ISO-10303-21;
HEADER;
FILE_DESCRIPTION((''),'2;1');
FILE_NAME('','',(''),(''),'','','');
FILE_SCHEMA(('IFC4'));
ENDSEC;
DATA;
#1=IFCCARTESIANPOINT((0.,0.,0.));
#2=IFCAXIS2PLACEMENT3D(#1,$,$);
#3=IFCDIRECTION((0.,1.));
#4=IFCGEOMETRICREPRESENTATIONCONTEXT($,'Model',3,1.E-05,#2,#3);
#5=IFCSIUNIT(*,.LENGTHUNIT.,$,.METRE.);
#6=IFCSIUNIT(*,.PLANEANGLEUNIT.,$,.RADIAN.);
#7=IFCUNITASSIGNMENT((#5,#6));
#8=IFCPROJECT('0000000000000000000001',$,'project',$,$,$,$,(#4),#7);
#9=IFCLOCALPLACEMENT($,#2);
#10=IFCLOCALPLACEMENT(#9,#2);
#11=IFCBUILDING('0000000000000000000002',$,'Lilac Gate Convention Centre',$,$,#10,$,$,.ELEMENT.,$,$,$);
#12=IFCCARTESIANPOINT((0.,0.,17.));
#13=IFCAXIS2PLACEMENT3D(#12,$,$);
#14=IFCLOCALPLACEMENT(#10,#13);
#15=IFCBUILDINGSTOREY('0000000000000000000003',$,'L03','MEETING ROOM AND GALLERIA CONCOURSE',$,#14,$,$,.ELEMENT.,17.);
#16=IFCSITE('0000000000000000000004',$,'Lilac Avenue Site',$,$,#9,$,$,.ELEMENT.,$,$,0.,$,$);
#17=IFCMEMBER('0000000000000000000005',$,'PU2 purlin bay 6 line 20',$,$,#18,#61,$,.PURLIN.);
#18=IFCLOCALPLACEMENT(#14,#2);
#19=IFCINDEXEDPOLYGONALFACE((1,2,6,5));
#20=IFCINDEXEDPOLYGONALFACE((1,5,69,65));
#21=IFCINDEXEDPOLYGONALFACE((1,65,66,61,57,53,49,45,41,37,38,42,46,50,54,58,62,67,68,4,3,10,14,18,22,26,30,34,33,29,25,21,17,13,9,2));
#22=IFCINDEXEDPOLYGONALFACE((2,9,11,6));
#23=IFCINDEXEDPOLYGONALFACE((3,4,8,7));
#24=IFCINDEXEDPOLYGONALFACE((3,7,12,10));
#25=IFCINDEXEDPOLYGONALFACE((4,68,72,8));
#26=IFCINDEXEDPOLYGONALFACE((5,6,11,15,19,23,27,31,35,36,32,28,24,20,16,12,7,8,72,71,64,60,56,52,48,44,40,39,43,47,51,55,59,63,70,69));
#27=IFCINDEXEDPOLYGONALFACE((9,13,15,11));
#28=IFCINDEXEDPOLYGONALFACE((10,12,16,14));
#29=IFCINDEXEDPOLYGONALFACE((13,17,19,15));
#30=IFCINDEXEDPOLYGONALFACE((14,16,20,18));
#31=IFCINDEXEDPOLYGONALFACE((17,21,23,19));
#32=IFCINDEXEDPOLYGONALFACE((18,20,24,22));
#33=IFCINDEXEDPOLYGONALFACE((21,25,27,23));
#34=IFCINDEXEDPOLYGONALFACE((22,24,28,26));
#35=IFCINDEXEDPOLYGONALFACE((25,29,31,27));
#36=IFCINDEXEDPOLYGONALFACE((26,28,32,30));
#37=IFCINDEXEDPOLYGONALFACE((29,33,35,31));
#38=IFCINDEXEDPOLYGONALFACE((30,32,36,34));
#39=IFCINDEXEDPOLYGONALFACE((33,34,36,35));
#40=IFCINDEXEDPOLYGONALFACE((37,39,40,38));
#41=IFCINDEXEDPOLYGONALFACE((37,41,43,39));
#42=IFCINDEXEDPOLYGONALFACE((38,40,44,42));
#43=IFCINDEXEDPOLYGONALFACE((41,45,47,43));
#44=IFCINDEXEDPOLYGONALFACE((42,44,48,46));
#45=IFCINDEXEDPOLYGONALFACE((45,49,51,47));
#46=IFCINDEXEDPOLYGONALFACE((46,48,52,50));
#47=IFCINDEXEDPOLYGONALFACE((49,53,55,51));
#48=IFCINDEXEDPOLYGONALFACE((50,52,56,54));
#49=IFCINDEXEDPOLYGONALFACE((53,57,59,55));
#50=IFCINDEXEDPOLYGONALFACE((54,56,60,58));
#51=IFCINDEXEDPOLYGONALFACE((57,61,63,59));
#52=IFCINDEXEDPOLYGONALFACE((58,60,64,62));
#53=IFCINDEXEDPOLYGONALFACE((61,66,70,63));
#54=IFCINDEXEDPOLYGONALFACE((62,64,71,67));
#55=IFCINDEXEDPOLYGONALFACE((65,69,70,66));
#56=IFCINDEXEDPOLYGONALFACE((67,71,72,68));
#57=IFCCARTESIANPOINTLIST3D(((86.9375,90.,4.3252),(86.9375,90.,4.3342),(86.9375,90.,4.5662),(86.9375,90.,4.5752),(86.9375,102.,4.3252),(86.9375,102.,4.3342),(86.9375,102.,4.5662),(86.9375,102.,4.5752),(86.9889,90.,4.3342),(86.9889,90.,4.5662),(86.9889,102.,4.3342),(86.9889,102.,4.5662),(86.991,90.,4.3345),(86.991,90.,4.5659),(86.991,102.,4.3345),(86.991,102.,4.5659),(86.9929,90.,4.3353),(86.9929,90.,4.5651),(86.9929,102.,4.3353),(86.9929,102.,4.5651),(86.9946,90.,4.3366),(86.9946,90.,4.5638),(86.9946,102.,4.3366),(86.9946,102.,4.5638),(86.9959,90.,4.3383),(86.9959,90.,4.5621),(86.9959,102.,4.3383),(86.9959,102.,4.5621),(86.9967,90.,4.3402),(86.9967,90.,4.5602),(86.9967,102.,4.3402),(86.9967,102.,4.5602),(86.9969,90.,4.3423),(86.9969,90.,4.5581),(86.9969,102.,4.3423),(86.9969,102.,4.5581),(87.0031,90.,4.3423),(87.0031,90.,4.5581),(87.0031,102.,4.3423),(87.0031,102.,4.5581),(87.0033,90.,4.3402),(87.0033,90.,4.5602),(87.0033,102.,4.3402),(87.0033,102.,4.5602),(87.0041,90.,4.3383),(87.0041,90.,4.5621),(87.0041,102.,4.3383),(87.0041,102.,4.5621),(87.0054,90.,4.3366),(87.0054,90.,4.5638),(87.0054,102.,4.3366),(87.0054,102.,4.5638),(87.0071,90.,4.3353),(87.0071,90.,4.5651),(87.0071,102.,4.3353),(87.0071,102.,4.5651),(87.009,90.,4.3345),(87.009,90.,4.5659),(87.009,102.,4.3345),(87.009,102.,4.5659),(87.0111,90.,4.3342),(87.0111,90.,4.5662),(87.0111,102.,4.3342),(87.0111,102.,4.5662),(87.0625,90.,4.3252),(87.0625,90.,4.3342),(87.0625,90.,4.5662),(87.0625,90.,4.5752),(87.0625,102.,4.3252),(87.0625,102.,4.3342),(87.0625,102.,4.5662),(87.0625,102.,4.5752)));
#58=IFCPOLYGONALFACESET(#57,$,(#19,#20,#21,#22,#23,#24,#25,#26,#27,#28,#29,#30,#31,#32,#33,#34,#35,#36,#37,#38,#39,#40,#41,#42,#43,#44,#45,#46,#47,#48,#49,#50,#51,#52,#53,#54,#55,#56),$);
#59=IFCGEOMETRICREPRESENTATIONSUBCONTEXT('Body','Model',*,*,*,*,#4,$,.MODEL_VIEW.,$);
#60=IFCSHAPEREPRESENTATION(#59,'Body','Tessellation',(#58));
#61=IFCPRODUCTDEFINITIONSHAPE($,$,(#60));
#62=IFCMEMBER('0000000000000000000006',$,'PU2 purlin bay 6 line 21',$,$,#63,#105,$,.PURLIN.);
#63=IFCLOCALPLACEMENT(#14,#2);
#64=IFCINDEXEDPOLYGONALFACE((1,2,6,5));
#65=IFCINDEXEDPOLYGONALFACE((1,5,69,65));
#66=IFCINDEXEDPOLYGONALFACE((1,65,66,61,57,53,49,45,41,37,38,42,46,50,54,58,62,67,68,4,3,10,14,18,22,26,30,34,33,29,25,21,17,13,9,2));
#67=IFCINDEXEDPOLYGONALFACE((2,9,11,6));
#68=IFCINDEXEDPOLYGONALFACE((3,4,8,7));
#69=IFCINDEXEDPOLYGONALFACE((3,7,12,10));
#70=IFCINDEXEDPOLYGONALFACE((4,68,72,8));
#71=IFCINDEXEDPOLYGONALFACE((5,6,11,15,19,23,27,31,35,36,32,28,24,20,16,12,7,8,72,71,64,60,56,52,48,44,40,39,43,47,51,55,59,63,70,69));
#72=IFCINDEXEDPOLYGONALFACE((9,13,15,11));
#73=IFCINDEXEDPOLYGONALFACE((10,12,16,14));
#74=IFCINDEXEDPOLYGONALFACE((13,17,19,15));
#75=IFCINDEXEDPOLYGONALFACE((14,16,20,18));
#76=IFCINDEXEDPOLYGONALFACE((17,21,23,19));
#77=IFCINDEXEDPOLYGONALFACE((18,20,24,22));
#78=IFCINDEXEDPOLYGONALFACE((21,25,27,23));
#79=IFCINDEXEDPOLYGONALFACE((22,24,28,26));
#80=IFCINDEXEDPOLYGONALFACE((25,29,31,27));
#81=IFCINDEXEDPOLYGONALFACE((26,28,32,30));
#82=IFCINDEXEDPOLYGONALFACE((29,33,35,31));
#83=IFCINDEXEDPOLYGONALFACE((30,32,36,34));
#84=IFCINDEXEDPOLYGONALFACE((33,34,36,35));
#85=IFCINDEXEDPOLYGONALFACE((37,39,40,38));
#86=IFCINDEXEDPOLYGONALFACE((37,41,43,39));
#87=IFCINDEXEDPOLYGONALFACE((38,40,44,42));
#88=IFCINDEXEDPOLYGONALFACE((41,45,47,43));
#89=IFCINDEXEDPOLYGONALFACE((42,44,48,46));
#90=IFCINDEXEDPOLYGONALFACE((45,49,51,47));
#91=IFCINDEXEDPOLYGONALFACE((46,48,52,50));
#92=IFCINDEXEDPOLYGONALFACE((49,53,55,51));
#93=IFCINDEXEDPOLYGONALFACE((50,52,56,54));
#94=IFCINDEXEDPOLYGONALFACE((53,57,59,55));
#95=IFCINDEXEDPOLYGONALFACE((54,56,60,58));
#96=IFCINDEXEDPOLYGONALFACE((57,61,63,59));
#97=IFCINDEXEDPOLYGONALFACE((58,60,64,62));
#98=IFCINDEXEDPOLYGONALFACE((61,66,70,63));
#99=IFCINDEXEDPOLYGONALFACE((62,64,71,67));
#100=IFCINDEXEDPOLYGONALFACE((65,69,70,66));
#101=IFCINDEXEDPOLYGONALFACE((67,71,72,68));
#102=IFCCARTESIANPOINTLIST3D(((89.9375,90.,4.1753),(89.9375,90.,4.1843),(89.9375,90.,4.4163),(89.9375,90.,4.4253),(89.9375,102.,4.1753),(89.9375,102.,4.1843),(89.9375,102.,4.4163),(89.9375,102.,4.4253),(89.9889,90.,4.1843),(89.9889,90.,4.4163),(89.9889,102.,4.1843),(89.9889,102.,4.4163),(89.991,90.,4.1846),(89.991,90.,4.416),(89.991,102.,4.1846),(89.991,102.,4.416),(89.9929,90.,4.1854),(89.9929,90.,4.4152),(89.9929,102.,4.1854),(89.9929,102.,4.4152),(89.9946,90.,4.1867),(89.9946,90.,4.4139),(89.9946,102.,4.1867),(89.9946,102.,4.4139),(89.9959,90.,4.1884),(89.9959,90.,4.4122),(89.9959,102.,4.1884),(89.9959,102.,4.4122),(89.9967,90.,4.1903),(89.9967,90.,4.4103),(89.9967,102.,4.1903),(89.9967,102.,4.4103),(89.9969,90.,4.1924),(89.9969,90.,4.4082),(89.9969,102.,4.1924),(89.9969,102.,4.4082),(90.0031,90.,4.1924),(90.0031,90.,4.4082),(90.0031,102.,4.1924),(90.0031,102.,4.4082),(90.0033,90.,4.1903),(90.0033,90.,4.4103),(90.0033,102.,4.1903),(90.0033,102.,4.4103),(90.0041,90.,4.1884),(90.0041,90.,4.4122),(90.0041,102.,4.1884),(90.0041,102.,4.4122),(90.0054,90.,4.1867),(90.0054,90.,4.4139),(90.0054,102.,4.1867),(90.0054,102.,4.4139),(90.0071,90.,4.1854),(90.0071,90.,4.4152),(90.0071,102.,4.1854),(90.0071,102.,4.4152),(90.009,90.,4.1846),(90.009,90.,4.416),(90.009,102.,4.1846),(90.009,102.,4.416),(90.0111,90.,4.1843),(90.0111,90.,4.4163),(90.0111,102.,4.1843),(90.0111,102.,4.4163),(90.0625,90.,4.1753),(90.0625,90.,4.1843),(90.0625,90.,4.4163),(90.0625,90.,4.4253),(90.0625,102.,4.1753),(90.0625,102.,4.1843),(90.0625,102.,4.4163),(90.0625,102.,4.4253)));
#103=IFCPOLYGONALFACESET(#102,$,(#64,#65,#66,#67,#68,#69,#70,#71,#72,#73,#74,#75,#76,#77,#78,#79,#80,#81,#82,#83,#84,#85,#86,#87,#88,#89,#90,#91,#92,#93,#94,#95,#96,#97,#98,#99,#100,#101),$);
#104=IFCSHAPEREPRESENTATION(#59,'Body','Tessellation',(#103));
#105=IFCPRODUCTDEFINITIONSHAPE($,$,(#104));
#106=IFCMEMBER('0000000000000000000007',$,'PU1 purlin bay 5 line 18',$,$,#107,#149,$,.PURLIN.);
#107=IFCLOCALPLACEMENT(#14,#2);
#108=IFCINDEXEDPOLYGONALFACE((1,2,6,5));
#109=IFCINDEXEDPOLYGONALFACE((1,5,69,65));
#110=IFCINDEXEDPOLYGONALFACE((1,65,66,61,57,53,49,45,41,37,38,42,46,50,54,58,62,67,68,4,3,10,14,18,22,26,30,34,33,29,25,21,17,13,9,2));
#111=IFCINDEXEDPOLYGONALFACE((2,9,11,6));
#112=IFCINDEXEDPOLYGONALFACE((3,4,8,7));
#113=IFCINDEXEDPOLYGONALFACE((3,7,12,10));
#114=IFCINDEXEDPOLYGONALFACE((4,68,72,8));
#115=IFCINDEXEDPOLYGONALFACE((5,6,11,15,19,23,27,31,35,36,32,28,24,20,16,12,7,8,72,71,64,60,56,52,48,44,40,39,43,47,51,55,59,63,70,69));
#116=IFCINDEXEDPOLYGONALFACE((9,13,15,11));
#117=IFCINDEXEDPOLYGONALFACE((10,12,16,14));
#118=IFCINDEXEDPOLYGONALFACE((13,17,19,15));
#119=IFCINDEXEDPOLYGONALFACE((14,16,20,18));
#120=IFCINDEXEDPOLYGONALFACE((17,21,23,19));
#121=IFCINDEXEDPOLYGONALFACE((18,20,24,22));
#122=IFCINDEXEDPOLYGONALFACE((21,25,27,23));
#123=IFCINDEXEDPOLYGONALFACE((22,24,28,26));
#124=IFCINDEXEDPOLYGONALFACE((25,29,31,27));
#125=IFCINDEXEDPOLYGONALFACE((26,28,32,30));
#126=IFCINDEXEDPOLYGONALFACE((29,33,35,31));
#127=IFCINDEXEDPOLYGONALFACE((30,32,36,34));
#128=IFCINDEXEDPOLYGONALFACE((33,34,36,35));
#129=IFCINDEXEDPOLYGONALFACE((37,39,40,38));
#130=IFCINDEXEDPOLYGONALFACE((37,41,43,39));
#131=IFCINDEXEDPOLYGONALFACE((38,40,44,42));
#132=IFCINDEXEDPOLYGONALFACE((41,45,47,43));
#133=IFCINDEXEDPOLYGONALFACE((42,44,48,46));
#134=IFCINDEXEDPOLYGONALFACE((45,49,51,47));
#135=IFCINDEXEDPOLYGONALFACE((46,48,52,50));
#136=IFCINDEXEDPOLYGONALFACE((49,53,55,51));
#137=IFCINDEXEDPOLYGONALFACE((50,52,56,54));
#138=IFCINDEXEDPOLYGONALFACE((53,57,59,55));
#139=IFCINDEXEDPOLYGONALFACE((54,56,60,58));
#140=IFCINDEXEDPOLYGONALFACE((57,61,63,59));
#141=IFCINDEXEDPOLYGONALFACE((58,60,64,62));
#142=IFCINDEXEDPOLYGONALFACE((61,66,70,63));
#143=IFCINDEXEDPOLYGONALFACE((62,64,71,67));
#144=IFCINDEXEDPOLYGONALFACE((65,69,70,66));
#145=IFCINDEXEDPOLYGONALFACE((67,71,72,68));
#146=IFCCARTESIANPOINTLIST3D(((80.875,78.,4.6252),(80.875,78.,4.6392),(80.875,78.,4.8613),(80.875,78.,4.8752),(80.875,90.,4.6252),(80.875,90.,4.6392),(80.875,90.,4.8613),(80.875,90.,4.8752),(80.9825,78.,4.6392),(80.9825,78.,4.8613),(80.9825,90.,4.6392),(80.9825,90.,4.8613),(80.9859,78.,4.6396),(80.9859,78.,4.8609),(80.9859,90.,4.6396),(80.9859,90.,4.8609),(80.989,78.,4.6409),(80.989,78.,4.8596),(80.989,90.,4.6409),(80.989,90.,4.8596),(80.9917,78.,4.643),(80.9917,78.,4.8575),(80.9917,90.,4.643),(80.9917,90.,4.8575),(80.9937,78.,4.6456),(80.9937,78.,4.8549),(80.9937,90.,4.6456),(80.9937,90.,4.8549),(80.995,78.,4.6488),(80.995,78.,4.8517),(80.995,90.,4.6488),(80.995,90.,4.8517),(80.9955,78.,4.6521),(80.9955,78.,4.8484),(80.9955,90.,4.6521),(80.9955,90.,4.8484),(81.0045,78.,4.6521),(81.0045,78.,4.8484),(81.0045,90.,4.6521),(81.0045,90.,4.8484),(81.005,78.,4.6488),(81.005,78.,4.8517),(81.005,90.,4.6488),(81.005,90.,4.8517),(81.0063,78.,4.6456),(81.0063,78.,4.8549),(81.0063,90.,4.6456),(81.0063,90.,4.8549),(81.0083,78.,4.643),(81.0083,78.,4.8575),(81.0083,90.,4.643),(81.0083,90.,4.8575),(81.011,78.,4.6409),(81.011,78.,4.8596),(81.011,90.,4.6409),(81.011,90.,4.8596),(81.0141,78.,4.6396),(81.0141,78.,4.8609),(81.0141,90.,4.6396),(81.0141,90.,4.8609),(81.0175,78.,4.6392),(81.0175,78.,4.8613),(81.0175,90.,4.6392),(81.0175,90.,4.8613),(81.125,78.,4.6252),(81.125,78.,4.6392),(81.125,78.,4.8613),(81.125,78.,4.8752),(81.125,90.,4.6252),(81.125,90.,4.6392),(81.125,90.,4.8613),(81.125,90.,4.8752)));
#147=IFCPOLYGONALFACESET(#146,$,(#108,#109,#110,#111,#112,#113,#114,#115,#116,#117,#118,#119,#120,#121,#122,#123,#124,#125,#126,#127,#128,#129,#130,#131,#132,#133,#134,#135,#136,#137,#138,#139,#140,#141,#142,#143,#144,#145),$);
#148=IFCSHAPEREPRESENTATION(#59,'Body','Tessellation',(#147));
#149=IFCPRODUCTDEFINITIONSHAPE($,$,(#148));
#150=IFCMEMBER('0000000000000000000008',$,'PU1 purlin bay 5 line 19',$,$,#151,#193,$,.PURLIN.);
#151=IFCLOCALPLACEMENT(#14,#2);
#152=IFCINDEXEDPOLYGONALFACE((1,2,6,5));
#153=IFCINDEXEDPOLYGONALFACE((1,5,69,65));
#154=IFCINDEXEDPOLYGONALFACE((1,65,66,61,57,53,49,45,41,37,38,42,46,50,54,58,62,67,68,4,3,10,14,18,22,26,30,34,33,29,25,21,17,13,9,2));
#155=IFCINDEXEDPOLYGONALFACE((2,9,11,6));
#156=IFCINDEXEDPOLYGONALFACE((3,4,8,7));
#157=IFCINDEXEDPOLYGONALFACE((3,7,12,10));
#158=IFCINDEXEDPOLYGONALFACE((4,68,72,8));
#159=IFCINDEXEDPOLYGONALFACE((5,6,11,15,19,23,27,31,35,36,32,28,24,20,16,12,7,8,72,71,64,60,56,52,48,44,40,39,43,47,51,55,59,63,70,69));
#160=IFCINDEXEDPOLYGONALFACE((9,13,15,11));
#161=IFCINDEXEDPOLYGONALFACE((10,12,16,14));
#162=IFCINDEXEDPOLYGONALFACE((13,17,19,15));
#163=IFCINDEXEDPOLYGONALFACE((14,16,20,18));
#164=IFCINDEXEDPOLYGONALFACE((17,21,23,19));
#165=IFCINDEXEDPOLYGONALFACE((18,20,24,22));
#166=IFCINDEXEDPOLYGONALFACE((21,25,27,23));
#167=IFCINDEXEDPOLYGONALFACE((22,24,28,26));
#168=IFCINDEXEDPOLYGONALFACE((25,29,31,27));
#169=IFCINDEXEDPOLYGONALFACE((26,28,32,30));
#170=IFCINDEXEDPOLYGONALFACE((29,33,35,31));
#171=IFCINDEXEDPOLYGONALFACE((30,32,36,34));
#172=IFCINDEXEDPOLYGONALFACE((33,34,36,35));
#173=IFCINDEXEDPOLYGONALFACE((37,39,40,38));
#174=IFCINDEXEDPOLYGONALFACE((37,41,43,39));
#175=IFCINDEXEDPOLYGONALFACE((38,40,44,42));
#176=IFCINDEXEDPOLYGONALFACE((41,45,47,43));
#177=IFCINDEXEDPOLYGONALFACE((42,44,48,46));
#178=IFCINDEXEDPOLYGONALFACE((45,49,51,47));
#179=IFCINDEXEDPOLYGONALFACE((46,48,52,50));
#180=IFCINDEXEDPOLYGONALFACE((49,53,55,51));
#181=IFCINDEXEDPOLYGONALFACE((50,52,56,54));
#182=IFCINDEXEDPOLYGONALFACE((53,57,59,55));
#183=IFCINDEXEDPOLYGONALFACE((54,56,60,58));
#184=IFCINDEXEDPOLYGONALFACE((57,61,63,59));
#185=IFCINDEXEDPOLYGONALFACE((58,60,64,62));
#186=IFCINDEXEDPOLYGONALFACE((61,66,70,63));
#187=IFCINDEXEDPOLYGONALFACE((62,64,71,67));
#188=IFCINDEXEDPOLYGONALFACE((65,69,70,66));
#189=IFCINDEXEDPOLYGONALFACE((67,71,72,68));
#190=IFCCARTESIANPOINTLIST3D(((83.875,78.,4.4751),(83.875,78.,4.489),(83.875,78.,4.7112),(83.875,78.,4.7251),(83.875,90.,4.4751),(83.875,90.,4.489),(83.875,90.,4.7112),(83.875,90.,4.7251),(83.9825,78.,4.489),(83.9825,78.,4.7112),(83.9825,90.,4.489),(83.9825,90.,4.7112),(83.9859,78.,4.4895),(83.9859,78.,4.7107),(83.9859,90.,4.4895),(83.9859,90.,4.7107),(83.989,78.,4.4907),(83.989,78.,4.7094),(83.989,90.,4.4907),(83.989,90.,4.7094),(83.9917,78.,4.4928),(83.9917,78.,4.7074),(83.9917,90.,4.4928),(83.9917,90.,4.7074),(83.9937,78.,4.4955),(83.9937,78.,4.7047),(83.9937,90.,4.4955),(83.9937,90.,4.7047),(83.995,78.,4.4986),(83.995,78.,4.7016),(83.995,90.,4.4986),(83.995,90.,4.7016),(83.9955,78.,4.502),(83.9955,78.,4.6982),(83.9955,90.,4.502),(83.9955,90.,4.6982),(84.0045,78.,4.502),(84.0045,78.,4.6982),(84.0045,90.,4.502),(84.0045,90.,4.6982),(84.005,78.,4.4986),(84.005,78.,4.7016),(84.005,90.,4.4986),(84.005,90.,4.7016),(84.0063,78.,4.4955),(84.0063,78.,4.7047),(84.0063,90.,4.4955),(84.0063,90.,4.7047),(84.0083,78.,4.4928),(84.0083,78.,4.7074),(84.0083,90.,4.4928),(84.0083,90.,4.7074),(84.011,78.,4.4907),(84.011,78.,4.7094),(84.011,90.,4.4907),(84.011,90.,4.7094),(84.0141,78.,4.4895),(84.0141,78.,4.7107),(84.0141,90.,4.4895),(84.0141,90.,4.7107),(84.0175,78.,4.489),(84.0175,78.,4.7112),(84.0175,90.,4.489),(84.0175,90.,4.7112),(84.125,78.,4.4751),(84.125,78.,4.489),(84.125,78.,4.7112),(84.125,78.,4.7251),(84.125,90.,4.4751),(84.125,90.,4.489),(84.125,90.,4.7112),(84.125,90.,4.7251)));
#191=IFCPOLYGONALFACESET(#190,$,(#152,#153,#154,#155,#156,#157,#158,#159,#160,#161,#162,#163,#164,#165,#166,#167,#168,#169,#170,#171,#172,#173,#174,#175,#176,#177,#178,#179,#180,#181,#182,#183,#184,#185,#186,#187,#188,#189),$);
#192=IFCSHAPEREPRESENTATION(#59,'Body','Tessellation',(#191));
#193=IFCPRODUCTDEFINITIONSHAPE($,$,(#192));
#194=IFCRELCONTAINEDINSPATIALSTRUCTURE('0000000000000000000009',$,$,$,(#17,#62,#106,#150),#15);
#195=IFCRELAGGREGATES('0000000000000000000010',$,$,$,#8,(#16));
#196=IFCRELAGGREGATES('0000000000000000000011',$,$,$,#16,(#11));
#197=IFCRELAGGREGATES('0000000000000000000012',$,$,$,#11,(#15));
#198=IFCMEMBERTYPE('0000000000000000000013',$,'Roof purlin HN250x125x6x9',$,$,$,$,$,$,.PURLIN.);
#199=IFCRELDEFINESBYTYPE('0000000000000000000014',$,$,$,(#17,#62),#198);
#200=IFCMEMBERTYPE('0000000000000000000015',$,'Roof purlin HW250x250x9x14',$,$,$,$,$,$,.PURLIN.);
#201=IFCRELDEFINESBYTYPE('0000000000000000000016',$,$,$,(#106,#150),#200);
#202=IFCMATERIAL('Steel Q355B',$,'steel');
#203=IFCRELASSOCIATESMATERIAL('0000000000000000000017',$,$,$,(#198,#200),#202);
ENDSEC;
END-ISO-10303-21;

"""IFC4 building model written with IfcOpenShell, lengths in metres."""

from ifc_helpers import new_model, si_unit, direction, frame, origin, origin_2d, place, context, subcontext, project, spatial, i_section, extrude, material, material_profile, profile_set, type_object, element, save


model = new_model("IFC4")

# Units and contexts
model_context = context("Model", 3, precision=1e-05, world=origin(), true_north=direction((0.0, 1.0)))
body_context = subcontext(model_context, "Body", "Model", "MODEL_VIEW")
ifc_project = project(units=[si_unit("LENGTHUNIT", "METRE"), si_unit("PLANEANGLEUNIT", "RADIAN")], contexts=[model_context])

# Site, building, storey
site_placement = place(None, origin())
site = spatial("IfcSite", under=ifc_project, at=site_placement, Name="Lilac Avenue Site", CompositionType="ELEMENT", RefElevation=0.0)
building_placement = place(site_placement, origin())
building = spatial("IfcBuilding", under=site, at=building_placement, Name="Lilac Gate Convention Centre", CompositionType="ELEMENT")
storey_placement = place(building_placement, frame((0.0, 0.0, 17.0)))
storey = spatial("IfcBuildingStorey", under=building, at=storey_placement, Name="L03", Description="MEETING ROOM AND GALLERIA CONCOURSE", CompositionType="ELEMENT", Elevation=17.0)

# Members
ifc_material = material(Name="Steel Q355B", Category="steel")
ifc_material_profile_1 = material_profile(ifc_material, i_section(OverallWidth=0.125, OverallDepth=0.25, WebThickness=0.0061, FlangeThickness=0.009, FilletRadius=0.0081, at=origin_2d()), Name="HN250x125x6x9")
ifc_profile_set_1 = profile_set([ifc_material_profile_1], Name="Steel Q355B")
member_type_1 = type_object("IfcMemberType", Name="Roof purlin HN250x125x6x9", PredefinedType="PURLIN", material=ifc_profile_set_1)
for number, where, z_axis, x_axis, name in (
    (1, (87.0, 90.0, 4.4502), (0.0, 1.0, 0.0), (-1.0, 0.0, 0.0), "PU2 purlin bay 6 line 20"),
    (2, (90.0, 90.0, 4.3003), (0.0, 1.0, 0.0), (-1.0, 0.0, 0.0), "PU2 purlin bay 6 line 21"),
):
    element("IfcMember", number, at=place(storey_placement, frame(where, z_axis=z_axis, x_axis=x_axis)), inside=storey, type_object=member_type_1, Name=name, PredefinedType="PURLIN", context=body_context, shape_type="SweptSolid", body=[
        extrude(i_section(OverallWidth=0.125, OverallDepth=0.25, WebThickness=0.0061, FlangeThickness=0.009, FilletRadius=0.0081, at=origin_2d()), origin(), (0.0, 0.0, 1.0), 12.0),
    ])
ifc_material_profile_2 = material_profile(ifc_material, i_section(OverallWidth=0.25, OverallDepth=0.25, WebThickness=0.009, FlangeThickness=0.0139, FilletRadius=0.0129, at=origin_2d()), Name="HW250x250x9x14")
ifc_profile_set_2 = profile_set([ifc_material_profile_2], Name="Steel Q355B")
member_type_2 = type_object("IfcMemberType", Name="Roof purlin HW250x250x9x14", PredefinedType="PURLIN", material=ifc_profile_set_2)
for number, where, z_axis, x_axis, name in (
    (3, (81.0, 78.0, 4.7502), (0.0, 1.0, 0.0), (-1.0, 0.0, 0.0), "PU1 purlin bay 5 line 18"),
    (4, (84.0, 78.0, 4.6001), (0.0, 1.0, 0.0), (-1.0, 0.0, 0.0), "PU1 purlin bay 5 line 19"),
):
    element("IfcMember", number, at=place(storey_placement, frame(where, z_axis=z_axis, x_axis=x_axis)), inside=storey, type_object=member_type_2, Name=name, PredefinedType="PURLIN", context=body_context, shape_type="SweptSolid", body=[
        extrude(i_section(OverallWidth=0.25, OverallDepth=0.25, WebThickness=0.009, FlangeThickness=0.0139, FilletRadius=0.0129, at=origin_2d()), origin(), (0.0, 0.0, 1.0), 12.0),
    ])

save(model, "model.ifc")
